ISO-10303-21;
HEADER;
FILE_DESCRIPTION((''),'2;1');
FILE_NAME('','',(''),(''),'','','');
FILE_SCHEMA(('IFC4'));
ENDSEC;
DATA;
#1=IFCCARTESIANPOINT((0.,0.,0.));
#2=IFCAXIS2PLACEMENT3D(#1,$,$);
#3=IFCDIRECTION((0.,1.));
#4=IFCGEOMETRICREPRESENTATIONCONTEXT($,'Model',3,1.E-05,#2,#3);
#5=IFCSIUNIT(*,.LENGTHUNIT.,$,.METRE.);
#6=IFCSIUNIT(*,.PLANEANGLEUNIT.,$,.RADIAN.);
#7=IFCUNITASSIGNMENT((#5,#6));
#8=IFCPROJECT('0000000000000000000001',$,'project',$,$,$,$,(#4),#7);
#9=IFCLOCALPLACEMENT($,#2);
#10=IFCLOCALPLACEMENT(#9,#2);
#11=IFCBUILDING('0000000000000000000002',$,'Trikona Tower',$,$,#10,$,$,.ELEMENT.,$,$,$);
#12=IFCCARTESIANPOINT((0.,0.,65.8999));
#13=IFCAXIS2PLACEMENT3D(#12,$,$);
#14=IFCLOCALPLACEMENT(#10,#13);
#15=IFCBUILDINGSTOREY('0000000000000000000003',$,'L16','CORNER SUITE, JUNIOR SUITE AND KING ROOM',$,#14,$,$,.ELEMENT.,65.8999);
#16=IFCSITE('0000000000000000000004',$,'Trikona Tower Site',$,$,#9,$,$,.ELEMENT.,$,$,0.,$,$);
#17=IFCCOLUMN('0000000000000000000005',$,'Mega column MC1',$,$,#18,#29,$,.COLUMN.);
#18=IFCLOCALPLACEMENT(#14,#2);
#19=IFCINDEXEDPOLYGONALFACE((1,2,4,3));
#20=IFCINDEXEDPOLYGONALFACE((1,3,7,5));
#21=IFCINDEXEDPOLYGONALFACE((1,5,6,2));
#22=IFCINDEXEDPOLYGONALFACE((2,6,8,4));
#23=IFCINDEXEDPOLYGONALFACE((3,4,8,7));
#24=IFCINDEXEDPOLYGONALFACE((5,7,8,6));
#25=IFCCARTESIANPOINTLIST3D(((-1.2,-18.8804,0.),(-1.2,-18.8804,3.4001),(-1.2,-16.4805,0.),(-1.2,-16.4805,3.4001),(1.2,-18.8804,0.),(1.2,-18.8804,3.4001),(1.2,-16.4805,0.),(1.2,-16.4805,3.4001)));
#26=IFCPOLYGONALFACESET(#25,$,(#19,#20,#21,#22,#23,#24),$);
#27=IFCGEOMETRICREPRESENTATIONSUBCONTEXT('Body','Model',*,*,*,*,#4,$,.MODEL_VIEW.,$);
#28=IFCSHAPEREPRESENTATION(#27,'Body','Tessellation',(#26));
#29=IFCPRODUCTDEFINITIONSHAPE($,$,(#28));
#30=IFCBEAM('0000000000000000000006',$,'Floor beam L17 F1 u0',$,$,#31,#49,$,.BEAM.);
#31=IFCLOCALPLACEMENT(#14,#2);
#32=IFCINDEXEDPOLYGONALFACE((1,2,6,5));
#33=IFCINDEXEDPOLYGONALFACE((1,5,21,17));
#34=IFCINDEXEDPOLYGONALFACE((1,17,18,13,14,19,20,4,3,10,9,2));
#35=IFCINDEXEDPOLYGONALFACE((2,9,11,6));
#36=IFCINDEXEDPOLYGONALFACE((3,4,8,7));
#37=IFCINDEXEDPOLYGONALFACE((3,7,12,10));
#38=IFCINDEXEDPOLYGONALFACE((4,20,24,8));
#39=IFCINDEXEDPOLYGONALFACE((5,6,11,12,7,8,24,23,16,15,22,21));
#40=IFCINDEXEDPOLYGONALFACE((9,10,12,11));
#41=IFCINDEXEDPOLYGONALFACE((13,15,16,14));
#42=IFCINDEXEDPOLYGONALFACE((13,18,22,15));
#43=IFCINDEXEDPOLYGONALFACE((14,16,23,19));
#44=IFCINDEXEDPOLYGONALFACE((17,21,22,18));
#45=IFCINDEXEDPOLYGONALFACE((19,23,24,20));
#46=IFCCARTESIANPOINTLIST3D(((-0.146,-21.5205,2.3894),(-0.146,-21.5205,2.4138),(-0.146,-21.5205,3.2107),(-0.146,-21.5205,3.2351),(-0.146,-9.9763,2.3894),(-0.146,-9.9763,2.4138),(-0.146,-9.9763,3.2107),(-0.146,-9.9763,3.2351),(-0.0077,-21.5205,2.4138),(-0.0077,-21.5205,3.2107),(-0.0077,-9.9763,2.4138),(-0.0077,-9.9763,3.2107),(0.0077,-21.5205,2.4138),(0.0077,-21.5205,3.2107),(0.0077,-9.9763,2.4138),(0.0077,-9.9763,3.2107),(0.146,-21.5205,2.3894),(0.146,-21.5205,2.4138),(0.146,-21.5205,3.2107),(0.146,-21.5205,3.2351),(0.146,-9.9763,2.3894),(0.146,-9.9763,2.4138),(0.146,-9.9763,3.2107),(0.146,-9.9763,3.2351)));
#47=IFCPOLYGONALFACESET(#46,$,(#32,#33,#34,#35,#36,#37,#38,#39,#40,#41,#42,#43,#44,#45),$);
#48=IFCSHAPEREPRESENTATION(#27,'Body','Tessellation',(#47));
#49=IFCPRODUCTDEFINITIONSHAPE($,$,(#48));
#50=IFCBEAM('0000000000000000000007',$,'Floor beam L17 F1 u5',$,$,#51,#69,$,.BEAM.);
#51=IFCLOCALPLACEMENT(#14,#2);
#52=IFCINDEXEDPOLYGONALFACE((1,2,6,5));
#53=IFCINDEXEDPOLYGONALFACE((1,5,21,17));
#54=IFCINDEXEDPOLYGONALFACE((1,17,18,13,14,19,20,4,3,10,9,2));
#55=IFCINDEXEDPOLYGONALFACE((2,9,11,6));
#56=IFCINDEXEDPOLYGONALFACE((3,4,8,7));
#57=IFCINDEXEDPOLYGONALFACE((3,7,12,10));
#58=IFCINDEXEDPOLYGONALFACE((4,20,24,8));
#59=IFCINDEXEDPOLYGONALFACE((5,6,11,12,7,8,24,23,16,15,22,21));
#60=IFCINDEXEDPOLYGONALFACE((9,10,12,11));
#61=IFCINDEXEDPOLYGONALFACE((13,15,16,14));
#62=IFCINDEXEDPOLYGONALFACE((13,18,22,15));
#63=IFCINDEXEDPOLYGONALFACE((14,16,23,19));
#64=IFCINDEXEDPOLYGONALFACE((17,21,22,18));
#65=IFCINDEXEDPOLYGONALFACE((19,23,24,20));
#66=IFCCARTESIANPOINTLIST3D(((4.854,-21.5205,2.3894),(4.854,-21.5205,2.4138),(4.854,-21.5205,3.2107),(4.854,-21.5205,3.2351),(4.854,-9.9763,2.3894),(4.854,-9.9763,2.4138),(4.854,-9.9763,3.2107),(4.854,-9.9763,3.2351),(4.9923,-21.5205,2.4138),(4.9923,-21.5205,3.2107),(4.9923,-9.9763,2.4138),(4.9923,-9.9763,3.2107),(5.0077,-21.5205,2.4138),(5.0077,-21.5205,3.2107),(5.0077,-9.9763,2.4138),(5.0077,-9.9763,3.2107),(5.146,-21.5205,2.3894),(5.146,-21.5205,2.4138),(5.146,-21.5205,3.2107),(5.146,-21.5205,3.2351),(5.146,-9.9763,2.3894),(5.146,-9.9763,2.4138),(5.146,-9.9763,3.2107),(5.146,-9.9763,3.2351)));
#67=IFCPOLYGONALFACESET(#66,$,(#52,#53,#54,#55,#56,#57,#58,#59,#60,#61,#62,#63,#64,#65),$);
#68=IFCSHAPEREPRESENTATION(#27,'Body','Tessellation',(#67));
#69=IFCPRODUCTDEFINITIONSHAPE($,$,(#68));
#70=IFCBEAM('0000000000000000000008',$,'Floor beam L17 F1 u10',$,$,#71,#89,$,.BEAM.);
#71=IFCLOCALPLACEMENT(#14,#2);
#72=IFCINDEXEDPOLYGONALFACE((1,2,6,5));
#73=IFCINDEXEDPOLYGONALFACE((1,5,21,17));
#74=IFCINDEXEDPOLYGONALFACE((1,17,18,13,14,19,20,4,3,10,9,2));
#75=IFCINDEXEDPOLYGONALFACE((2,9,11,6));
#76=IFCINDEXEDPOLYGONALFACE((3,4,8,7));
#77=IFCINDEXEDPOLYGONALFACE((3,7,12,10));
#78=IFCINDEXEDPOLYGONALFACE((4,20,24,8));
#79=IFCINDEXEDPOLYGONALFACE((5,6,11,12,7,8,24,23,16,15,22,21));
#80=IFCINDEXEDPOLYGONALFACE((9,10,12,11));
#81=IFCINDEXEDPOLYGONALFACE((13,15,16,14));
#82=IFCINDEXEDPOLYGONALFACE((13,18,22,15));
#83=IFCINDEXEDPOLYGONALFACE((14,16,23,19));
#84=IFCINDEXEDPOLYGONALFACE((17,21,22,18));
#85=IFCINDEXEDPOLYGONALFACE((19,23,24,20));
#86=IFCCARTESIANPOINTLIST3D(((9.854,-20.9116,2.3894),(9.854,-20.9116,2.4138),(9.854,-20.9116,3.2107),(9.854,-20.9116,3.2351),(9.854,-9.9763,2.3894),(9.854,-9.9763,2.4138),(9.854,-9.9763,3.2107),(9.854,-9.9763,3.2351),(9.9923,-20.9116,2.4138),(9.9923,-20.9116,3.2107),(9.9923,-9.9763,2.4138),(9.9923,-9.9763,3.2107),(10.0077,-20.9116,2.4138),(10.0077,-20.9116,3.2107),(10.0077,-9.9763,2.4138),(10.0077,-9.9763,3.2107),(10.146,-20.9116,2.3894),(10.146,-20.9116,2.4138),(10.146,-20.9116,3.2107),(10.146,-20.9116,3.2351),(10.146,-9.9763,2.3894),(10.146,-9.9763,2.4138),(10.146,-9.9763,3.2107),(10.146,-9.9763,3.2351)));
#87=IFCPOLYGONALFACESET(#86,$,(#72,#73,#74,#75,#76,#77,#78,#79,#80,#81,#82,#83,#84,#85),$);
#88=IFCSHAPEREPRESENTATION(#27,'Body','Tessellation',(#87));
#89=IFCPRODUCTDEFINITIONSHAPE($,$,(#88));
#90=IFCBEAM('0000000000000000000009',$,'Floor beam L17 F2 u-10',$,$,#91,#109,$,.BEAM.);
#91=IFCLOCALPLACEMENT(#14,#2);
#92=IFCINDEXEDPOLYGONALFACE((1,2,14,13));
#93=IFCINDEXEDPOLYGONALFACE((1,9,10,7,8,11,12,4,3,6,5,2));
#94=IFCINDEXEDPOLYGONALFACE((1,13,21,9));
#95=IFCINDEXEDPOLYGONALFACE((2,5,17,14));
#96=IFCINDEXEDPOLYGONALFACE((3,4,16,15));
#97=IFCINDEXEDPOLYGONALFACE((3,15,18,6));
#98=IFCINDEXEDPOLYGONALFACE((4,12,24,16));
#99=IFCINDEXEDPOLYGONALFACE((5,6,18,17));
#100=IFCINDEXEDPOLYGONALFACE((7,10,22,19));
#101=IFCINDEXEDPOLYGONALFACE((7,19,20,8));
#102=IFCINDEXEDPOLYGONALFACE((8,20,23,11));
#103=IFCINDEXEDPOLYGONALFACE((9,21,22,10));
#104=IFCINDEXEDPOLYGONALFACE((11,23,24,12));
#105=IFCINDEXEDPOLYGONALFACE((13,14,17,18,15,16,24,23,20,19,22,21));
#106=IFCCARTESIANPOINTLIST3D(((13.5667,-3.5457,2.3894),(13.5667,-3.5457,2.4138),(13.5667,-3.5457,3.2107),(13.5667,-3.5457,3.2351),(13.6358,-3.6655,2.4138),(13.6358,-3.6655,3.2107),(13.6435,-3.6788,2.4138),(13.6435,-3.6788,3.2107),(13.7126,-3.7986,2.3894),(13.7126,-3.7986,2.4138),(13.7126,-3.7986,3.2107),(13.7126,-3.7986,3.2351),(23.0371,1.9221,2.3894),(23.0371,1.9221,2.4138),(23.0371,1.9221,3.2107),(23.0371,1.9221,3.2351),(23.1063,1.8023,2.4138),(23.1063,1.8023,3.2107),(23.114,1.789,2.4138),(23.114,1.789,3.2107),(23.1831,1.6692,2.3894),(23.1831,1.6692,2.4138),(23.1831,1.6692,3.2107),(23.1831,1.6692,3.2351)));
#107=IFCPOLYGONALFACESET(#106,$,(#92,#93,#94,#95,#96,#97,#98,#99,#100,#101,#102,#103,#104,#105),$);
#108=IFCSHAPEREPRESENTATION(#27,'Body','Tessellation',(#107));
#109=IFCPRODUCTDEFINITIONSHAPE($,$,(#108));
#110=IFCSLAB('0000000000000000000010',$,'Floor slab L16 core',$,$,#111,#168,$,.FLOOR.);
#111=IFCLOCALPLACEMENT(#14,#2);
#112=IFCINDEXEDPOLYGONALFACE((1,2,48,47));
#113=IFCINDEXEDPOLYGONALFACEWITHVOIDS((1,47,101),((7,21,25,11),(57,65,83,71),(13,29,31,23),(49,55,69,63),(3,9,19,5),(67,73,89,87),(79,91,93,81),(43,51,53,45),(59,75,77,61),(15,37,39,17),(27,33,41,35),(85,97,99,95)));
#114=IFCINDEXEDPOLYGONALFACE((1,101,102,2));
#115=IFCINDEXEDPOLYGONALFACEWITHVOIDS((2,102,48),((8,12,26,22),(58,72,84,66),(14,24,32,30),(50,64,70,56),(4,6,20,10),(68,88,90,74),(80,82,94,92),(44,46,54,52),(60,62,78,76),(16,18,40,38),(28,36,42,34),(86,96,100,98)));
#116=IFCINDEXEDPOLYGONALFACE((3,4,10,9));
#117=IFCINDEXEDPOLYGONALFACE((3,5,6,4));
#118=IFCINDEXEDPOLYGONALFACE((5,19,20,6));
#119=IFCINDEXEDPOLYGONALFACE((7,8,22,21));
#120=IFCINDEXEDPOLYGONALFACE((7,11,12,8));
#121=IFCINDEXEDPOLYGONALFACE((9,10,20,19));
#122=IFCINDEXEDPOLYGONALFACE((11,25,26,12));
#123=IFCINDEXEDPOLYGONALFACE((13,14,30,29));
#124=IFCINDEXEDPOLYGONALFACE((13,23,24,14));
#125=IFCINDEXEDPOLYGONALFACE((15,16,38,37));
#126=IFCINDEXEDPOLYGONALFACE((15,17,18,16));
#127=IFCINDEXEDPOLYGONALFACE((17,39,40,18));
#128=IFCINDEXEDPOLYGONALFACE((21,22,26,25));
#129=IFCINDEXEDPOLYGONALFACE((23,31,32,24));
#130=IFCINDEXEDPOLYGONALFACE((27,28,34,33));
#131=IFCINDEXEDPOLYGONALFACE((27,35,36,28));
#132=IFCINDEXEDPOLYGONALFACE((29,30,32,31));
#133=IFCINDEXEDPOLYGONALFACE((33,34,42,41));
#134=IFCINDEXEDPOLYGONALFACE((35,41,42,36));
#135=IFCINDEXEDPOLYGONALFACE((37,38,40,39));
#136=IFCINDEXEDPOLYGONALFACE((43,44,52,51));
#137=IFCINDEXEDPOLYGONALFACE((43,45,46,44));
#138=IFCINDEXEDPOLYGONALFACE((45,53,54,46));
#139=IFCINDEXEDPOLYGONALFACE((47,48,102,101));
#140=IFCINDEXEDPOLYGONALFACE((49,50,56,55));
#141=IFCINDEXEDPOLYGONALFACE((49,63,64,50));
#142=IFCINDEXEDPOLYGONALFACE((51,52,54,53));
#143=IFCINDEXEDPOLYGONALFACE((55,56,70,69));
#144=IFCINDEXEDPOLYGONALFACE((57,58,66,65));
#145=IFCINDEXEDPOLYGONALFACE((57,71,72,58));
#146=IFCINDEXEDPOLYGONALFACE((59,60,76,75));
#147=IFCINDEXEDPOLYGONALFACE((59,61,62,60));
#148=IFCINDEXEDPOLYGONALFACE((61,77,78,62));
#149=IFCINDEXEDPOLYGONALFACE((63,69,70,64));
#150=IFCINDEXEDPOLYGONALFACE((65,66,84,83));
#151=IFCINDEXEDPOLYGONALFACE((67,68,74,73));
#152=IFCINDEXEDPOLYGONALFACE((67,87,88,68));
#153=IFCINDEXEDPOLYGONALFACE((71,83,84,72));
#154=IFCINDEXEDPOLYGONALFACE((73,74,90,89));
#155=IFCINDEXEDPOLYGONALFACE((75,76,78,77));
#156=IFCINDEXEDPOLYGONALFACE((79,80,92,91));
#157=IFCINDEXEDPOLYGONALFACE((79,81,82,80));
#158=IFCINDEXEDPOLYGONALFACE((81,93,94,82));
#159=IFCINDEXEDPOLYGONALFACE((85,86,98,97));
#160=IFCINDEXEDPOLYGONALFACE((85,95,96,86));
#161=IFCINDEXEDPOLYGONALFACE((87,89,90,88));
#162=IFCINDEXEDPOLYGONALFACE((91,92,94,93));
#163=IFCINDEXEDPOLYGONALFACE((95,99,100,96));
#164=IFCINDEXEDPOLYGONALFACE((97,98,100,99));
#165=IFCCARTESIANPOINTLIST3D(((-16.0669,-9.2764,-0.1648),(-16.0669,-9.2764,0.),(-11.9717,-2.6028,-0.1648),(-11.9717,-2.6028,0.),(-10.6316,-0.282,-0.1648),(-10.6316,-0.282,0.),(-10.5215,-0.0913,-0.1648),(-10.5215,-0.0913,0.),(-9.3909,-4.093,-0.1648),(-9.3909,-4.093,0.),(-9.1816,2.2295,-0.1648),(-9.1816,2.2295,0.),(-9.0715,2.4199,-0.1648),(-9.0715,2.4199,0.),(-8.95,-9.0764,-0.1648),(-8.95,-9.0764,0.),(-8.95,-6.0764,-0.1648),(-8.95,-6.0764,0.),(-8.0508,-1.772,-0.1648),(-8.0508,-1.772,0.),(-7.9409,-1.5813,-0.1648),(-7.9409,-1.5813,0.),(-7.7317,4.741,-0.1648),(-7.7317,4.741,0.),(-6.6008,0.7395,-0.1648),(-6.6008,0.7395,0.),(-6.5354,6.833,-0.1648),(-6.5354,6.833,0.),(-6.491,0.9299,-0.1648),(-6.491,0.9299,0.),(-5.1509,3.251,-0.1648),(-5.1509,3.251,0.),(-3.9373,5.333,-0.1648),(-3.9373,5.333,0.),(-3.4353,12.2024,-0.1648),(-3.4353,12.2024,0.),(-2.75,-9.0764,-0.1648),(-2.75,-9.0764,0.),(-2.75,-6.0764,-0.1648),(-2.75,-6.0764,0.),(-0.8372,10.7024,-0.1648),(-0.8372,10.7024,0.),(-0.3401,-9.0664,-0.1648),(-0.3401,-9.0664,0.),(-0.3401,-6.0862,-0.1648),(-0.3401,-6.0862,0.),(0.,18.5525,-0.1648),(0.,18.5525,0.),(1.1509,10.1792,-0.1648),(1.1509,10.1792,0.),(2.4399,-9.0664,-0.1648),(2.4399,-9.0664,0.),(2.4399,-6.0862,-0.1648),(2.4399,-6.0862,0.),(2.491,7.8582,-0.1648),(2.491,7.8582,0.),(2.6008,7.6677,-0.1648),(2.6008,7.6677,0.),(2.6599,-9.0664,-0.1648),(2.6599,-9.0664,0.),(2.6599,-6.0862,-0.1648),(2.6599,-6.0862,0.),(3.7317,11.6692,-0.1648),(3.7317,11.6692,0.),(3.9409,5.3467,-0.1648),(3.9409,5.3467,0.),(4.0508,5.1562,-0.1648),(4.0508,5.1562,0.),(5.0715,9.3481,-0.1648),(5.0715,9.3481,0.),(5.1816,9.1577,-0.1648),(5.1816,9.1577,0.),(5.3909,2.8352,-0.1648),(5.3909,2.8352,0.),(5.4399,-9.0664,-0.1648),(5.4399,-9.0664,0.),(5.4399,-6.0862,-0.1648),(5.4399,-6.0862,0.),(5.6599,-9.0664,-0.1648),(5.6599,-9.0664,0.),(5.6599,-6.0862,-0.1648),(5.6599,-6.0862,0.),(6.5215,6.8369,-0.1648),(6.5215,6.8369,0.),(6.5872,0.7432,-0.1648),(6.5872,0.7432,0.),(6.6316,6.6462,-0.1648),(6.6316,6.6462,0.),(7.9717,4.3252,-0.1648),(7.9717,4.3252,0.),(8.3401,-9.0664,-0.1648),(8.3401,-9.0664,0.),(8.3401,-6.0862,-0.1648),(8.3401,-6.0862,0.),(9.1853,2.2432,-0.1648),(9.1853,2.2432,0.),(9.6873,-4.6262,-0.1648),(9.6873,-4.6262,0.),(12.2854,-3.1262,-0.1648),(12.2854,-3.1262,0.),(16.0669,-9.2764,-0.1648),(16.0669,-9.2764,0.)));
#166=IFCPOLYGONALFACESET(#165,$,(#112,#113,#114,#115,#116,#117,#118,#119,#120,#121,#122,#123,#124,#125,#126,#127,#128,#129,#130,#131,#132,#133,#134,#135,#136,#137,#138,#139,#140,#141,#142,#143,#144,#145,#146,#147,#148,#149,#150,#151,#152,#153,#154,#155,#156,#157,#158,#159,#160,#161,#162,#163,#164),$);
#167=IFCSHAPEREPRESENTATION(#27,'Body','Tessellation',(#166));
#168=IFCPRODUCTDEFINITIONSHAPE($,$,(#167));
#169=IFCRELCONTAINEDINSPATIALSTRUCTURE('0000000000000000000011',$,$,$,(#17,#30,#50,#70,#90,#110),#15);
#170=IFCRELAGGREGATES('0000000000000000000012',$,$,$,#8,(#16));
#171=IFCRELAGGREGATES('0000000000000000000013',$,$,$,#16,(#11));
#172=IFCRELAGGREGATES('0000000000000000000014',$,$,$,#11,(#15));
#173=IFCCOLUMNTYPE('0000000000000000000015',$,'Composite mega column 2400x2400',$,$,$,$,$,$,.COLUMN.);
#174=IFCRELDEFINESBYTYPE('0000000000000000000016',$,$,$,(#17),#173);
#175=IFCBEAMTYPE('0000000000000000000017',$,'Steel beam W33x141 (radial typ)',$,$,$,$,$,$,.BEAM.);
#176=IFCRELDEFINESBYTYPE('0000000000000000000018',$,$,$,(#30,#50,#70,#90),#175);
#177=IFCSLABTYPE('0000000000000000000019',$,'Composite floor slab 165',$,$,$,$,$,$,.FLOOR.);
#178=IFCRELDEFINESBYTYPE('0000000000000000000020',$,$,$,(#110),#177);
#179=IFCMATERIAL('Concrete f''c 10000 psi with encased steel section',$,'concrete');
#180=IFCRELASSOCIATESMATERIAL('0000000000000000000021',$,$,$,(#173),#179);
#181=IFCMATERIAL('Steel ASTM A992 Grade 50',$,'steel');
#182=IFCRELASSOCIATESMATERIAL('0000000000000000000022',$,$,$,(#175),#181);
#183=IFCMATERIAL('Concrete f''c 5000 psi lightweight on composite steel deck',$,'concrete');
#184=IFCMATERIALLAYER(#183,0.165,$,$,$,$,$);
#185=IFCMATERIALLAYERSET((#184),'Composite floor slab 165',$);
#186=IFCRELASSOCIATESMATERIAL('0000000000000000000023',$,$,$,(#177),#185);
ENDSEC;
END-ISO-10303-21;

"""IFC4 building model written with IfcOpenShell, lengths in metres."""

from ifc_helpers import new_model, si_unit, direction, frame, origin, origin_2d, place, context, subcontext, project, spatial, polyline, rectangle, i_section, outline, extrude, material, layer, layer_set, material_profile, profile_set, type_object, element, save


model = new_model("IFC4")

# Units and contexts
model_context = context("Model", 3, precision=1e-05, world=origin(), true_north=direction((0.0, 1.0)))
body_context = subcontext(model_context, "Body", "Model", "MODEL_VIEW")
ifc_project = project(units=[si_unit("LENGTHUNIT", "METRE"), si_unit("PLANEANGLEUNIT", "RADIAN")], contexts=[model_context])

# Site, building, storey
site_placement = place(None, origin())
site = spatial("IfcSite", under=ifc_project, at=site_placement, Name="Trikona Tower Site", CompositionType="ELEMENT", RefElevation=0.0)
building_placement = place(site_placement, origin())
building = spatial("IfcBuilding", under=site, at=building_placement, Name="Trikona Tower", CompositionType="ELEMENT")
storey_placement = place(building_placement, frame((0.0, 0.0, 65.8999)))
storey = spatial("IfcBuildingStorey", under=building, at=storey_placement, Name="L16", Description="CORNER SUITE, JUNIOR SUITE AND KING ROOM", CompositionType="ELEMENT", Elevation=65.8999)

# Column
ifc_material_1 = material(Name="Concrete f'c 10000 psi with encased steel section", Category="concrete")
ifc_material_profile_1 = material_profile(ifc_material_1, rectangle(XDim=2.3999, YDim=2.3999, at=origin_2d()), Name="MC2400")
ifc_profile_set_1 = profile_set([ifc_material_profile_1], Name="Concrete f'c 10000 psi with encased steel section")
column_type = type_object("IfcColumnType", Name="Composite mega column 2400x2400", PredefinedType="COLUMN", material=ifc_profile_set_1)
column_placement = place(storey_placement, frame((0.0, -17.6804, 0.0), z_axis=(0.0, 0.0, 1.0), x_axis=(0.0, -1.0, 0.0)))
element("IfcColumn", 1, at=column_placement, inside=storey, type_object=column_type, Name="Mega column MC1", PredefinedType="COLUMN", context=body_context, shape_type="SweptSolid", body=[
    extrude(rectangle(XDim=2.3999, YDim=2.3999, at=origin_2d()), origin(), (0.0, 0.0, 1.0), 3.4001),
])

# Beams
ifc_material_2 = material(Name="Steel ASTM A992 Grade 50", Category="steel")
ifc_material_profile_2 = material_profile(ifc_material_2, i_section(OverallWidth=0.292, OverallDepth=0.8457, WebThickness=0.0154, FlangeThickness=0.0244, at=origin_2d()), Name="W33X141")
ifc_profile_set_2 = profile_set([ifc_material_profile_2], Name="Steel ASTM A992 Grade 50")
beam_type = type_object("IfcBeamType", Name="Steel beam W33x141 (radial typ)", PredefinedType="BEAM", material=ifc_profile_set_2)
for number, where, z_axis, x_axis, name in (
    (2, (0.0, -9.9763, 2.8123), (0.0, -1.0, 0.0), (1.0, 0.0, 0.0), "Floor beam L17 F1 u0"),
    (3, (5.0, -9.9763, 2.8123), (0.0, -1.0, 0.0), (1.0, 0.0, 0.0), "Floor beam L17 F1 u5"),
):
    element("IfcBeam", number, at=place(storey_placement, frame(where, z_axis=z_axis, x_axis=x_axis)), inside=storey, type_object=beam_type, Name=name, PredefinedType="BEAM", context=body_context, shape_type="SweptSolid", body=[
        extrude(i_section(OverallWidth=0.292, OverallDepth=0.8457, WebThickness=0.0154, FlangeThickness=0.0244, at=origin_2d()), origin(), (0.0, 0.0, 1.0), 11.5442),
    ])
beam_1_placement = place(storey_placement, frame((10.0, -9.9763, 2.8123), z_axis=(0.0, -1.0, 0.0), x_axis=(1.0, 0.0, 0.0)))
element("IfcBeam", 4, at=beam_1_placement, inside=storey, type_object=beam_type, Name="Floor beam L17 F1 u10", PredefinedType="BEAM", context=body_context, shape_type="SweptSolid", body=[
    extrude(i_section(OverallWidth=0.292, OverallDepth=0.8457, WebThickness=0.0154, FlangeThickness=0.0244, at=origin_2d()), origin(), (0.0, 0.0, 1.0), 10.9353),
])
beam_2_placement = place(storey_placement, frame((13.6396, -3.6721, 2.8123), z_axis=(0.866025, 0.5, 0.0), x_axis=(-0.5, 0.866025, 0.0)))
element("IfcBeam", 5, at=beam_2_placement, inside=storey, type_object=beam_type, Name="Floor beam L17 F2 u-10", PredefinedType="BEAM", context=body_context, shape_type="SweptSolid", body=[
    extrude(i_section(OverallWidth=0.292, OverallDepth=0.8457, WebThickness=0.0154, FlangeThickness=0.0244, at=origin_2d()), origin(), (0.0, 0.0, 1.0), 10.9355),
])

# Slab
ifc_material_3 = material(Name="Concrete f'c 5000 psi lightweight on composite steel deck", Category="concrete")
ifc_layer_1 = layer(ifc_material_3, 0.165)
ifc_layer_set_1 = layer_set([ifc_layer_1], Name="Composite floor slab 165")
slab_type = type_object("IfcSlabType", Name="Composite floor slab 165", PredefinedType="FLOOR", material=ifc_layer_set_1)
slab_1_placement = place(storey_placement, frame((0.0, 0.0, -0.1648)))
element("IfcSlab", 6, at=slab_1_placement, inside=storey, type_object=slab_type, Name="Floor slab L16 core", PredefinedType="FLOOR", context=body_context, shape_type="SweptSolid", body=[
    extrude(outline(polyline([(-16.0669, -9.2764), (16.0669, -9.2764), (0.0, 18.5525), (-16.0669, -9.2764)]), holes=[polyline([(12.2854, -3.1262), (9.1853, 2.2432), (6.5872, 0.7432), (9.6873, -4.6262), (12.2854, -3.1262)]), polyline([(8.3401, -9.0664), (8.3401, -6.0862), (5.6599, -6.0862), (5.6599, -9.0664), (8.3401, -9.0664)]), polyline([(5.3909, 2.8352), (7.9717, 4.3252), (6.6316, 6.6462), (4.0508, 5.1562), (5.3909, 2.8352)]), polyline([(2.6008, 7.6677), (3.9409, 5.3467), (6.5215, 6.8369), (5.1816, 9.1577), (2.6008, 7.6677)]), polyline([(5.4399, -6.0862), (2.6599, -6.0862), (2.6599, -9.0664), (5.4399, -9.0664), (5.4399, -6.0862)]), polyline([(3.7317, 11.6692), (1.1509, 10.1792), (2.491, 7.8582), (5.0715, 9.3481), (3.7317, 11.6692)]), polyline([(-0.3401, -6.0862), (-0.3401, -9.0664), (2.4399, -9.0664), (2.4399, -6.0862), (-0.3401, -6.0862)]), polyline([(-3.4353, 12.2024), (-6.5354, 6.833), (-3.9373, 5.333), (-0.8372, 10.7024), (-3.4353, 12.2024)]), polyline([(-8.95, -9.0764), (-2.75, -9.0764), (-2.75, -6.0764), (-8.95, -6.0764), (-8.95, -9.0764)]), polyline([(-5.1509, 3.251), (-7.7317, 4.741), (-9.0715, 2.4199), (-6.491, 0.9299), (-5.1509, 3.251)]), polyline([(-7.9409, -1.5813), (-6.6008, 0.7395), (-9.1816, 2.2295), (-10.5215, -0.0913), (-7.9409, -1.5813)]), polyline([(-11.9717, -2.6028), (-9.3909, -4.093), (-8.0508, -1.772), (-10.6316, -0.282), (-11.9717, -2.6028)])]), origin(), (0.0, 0.0, 1.0), 0.1648),
])

save(model, "model.ifc")
